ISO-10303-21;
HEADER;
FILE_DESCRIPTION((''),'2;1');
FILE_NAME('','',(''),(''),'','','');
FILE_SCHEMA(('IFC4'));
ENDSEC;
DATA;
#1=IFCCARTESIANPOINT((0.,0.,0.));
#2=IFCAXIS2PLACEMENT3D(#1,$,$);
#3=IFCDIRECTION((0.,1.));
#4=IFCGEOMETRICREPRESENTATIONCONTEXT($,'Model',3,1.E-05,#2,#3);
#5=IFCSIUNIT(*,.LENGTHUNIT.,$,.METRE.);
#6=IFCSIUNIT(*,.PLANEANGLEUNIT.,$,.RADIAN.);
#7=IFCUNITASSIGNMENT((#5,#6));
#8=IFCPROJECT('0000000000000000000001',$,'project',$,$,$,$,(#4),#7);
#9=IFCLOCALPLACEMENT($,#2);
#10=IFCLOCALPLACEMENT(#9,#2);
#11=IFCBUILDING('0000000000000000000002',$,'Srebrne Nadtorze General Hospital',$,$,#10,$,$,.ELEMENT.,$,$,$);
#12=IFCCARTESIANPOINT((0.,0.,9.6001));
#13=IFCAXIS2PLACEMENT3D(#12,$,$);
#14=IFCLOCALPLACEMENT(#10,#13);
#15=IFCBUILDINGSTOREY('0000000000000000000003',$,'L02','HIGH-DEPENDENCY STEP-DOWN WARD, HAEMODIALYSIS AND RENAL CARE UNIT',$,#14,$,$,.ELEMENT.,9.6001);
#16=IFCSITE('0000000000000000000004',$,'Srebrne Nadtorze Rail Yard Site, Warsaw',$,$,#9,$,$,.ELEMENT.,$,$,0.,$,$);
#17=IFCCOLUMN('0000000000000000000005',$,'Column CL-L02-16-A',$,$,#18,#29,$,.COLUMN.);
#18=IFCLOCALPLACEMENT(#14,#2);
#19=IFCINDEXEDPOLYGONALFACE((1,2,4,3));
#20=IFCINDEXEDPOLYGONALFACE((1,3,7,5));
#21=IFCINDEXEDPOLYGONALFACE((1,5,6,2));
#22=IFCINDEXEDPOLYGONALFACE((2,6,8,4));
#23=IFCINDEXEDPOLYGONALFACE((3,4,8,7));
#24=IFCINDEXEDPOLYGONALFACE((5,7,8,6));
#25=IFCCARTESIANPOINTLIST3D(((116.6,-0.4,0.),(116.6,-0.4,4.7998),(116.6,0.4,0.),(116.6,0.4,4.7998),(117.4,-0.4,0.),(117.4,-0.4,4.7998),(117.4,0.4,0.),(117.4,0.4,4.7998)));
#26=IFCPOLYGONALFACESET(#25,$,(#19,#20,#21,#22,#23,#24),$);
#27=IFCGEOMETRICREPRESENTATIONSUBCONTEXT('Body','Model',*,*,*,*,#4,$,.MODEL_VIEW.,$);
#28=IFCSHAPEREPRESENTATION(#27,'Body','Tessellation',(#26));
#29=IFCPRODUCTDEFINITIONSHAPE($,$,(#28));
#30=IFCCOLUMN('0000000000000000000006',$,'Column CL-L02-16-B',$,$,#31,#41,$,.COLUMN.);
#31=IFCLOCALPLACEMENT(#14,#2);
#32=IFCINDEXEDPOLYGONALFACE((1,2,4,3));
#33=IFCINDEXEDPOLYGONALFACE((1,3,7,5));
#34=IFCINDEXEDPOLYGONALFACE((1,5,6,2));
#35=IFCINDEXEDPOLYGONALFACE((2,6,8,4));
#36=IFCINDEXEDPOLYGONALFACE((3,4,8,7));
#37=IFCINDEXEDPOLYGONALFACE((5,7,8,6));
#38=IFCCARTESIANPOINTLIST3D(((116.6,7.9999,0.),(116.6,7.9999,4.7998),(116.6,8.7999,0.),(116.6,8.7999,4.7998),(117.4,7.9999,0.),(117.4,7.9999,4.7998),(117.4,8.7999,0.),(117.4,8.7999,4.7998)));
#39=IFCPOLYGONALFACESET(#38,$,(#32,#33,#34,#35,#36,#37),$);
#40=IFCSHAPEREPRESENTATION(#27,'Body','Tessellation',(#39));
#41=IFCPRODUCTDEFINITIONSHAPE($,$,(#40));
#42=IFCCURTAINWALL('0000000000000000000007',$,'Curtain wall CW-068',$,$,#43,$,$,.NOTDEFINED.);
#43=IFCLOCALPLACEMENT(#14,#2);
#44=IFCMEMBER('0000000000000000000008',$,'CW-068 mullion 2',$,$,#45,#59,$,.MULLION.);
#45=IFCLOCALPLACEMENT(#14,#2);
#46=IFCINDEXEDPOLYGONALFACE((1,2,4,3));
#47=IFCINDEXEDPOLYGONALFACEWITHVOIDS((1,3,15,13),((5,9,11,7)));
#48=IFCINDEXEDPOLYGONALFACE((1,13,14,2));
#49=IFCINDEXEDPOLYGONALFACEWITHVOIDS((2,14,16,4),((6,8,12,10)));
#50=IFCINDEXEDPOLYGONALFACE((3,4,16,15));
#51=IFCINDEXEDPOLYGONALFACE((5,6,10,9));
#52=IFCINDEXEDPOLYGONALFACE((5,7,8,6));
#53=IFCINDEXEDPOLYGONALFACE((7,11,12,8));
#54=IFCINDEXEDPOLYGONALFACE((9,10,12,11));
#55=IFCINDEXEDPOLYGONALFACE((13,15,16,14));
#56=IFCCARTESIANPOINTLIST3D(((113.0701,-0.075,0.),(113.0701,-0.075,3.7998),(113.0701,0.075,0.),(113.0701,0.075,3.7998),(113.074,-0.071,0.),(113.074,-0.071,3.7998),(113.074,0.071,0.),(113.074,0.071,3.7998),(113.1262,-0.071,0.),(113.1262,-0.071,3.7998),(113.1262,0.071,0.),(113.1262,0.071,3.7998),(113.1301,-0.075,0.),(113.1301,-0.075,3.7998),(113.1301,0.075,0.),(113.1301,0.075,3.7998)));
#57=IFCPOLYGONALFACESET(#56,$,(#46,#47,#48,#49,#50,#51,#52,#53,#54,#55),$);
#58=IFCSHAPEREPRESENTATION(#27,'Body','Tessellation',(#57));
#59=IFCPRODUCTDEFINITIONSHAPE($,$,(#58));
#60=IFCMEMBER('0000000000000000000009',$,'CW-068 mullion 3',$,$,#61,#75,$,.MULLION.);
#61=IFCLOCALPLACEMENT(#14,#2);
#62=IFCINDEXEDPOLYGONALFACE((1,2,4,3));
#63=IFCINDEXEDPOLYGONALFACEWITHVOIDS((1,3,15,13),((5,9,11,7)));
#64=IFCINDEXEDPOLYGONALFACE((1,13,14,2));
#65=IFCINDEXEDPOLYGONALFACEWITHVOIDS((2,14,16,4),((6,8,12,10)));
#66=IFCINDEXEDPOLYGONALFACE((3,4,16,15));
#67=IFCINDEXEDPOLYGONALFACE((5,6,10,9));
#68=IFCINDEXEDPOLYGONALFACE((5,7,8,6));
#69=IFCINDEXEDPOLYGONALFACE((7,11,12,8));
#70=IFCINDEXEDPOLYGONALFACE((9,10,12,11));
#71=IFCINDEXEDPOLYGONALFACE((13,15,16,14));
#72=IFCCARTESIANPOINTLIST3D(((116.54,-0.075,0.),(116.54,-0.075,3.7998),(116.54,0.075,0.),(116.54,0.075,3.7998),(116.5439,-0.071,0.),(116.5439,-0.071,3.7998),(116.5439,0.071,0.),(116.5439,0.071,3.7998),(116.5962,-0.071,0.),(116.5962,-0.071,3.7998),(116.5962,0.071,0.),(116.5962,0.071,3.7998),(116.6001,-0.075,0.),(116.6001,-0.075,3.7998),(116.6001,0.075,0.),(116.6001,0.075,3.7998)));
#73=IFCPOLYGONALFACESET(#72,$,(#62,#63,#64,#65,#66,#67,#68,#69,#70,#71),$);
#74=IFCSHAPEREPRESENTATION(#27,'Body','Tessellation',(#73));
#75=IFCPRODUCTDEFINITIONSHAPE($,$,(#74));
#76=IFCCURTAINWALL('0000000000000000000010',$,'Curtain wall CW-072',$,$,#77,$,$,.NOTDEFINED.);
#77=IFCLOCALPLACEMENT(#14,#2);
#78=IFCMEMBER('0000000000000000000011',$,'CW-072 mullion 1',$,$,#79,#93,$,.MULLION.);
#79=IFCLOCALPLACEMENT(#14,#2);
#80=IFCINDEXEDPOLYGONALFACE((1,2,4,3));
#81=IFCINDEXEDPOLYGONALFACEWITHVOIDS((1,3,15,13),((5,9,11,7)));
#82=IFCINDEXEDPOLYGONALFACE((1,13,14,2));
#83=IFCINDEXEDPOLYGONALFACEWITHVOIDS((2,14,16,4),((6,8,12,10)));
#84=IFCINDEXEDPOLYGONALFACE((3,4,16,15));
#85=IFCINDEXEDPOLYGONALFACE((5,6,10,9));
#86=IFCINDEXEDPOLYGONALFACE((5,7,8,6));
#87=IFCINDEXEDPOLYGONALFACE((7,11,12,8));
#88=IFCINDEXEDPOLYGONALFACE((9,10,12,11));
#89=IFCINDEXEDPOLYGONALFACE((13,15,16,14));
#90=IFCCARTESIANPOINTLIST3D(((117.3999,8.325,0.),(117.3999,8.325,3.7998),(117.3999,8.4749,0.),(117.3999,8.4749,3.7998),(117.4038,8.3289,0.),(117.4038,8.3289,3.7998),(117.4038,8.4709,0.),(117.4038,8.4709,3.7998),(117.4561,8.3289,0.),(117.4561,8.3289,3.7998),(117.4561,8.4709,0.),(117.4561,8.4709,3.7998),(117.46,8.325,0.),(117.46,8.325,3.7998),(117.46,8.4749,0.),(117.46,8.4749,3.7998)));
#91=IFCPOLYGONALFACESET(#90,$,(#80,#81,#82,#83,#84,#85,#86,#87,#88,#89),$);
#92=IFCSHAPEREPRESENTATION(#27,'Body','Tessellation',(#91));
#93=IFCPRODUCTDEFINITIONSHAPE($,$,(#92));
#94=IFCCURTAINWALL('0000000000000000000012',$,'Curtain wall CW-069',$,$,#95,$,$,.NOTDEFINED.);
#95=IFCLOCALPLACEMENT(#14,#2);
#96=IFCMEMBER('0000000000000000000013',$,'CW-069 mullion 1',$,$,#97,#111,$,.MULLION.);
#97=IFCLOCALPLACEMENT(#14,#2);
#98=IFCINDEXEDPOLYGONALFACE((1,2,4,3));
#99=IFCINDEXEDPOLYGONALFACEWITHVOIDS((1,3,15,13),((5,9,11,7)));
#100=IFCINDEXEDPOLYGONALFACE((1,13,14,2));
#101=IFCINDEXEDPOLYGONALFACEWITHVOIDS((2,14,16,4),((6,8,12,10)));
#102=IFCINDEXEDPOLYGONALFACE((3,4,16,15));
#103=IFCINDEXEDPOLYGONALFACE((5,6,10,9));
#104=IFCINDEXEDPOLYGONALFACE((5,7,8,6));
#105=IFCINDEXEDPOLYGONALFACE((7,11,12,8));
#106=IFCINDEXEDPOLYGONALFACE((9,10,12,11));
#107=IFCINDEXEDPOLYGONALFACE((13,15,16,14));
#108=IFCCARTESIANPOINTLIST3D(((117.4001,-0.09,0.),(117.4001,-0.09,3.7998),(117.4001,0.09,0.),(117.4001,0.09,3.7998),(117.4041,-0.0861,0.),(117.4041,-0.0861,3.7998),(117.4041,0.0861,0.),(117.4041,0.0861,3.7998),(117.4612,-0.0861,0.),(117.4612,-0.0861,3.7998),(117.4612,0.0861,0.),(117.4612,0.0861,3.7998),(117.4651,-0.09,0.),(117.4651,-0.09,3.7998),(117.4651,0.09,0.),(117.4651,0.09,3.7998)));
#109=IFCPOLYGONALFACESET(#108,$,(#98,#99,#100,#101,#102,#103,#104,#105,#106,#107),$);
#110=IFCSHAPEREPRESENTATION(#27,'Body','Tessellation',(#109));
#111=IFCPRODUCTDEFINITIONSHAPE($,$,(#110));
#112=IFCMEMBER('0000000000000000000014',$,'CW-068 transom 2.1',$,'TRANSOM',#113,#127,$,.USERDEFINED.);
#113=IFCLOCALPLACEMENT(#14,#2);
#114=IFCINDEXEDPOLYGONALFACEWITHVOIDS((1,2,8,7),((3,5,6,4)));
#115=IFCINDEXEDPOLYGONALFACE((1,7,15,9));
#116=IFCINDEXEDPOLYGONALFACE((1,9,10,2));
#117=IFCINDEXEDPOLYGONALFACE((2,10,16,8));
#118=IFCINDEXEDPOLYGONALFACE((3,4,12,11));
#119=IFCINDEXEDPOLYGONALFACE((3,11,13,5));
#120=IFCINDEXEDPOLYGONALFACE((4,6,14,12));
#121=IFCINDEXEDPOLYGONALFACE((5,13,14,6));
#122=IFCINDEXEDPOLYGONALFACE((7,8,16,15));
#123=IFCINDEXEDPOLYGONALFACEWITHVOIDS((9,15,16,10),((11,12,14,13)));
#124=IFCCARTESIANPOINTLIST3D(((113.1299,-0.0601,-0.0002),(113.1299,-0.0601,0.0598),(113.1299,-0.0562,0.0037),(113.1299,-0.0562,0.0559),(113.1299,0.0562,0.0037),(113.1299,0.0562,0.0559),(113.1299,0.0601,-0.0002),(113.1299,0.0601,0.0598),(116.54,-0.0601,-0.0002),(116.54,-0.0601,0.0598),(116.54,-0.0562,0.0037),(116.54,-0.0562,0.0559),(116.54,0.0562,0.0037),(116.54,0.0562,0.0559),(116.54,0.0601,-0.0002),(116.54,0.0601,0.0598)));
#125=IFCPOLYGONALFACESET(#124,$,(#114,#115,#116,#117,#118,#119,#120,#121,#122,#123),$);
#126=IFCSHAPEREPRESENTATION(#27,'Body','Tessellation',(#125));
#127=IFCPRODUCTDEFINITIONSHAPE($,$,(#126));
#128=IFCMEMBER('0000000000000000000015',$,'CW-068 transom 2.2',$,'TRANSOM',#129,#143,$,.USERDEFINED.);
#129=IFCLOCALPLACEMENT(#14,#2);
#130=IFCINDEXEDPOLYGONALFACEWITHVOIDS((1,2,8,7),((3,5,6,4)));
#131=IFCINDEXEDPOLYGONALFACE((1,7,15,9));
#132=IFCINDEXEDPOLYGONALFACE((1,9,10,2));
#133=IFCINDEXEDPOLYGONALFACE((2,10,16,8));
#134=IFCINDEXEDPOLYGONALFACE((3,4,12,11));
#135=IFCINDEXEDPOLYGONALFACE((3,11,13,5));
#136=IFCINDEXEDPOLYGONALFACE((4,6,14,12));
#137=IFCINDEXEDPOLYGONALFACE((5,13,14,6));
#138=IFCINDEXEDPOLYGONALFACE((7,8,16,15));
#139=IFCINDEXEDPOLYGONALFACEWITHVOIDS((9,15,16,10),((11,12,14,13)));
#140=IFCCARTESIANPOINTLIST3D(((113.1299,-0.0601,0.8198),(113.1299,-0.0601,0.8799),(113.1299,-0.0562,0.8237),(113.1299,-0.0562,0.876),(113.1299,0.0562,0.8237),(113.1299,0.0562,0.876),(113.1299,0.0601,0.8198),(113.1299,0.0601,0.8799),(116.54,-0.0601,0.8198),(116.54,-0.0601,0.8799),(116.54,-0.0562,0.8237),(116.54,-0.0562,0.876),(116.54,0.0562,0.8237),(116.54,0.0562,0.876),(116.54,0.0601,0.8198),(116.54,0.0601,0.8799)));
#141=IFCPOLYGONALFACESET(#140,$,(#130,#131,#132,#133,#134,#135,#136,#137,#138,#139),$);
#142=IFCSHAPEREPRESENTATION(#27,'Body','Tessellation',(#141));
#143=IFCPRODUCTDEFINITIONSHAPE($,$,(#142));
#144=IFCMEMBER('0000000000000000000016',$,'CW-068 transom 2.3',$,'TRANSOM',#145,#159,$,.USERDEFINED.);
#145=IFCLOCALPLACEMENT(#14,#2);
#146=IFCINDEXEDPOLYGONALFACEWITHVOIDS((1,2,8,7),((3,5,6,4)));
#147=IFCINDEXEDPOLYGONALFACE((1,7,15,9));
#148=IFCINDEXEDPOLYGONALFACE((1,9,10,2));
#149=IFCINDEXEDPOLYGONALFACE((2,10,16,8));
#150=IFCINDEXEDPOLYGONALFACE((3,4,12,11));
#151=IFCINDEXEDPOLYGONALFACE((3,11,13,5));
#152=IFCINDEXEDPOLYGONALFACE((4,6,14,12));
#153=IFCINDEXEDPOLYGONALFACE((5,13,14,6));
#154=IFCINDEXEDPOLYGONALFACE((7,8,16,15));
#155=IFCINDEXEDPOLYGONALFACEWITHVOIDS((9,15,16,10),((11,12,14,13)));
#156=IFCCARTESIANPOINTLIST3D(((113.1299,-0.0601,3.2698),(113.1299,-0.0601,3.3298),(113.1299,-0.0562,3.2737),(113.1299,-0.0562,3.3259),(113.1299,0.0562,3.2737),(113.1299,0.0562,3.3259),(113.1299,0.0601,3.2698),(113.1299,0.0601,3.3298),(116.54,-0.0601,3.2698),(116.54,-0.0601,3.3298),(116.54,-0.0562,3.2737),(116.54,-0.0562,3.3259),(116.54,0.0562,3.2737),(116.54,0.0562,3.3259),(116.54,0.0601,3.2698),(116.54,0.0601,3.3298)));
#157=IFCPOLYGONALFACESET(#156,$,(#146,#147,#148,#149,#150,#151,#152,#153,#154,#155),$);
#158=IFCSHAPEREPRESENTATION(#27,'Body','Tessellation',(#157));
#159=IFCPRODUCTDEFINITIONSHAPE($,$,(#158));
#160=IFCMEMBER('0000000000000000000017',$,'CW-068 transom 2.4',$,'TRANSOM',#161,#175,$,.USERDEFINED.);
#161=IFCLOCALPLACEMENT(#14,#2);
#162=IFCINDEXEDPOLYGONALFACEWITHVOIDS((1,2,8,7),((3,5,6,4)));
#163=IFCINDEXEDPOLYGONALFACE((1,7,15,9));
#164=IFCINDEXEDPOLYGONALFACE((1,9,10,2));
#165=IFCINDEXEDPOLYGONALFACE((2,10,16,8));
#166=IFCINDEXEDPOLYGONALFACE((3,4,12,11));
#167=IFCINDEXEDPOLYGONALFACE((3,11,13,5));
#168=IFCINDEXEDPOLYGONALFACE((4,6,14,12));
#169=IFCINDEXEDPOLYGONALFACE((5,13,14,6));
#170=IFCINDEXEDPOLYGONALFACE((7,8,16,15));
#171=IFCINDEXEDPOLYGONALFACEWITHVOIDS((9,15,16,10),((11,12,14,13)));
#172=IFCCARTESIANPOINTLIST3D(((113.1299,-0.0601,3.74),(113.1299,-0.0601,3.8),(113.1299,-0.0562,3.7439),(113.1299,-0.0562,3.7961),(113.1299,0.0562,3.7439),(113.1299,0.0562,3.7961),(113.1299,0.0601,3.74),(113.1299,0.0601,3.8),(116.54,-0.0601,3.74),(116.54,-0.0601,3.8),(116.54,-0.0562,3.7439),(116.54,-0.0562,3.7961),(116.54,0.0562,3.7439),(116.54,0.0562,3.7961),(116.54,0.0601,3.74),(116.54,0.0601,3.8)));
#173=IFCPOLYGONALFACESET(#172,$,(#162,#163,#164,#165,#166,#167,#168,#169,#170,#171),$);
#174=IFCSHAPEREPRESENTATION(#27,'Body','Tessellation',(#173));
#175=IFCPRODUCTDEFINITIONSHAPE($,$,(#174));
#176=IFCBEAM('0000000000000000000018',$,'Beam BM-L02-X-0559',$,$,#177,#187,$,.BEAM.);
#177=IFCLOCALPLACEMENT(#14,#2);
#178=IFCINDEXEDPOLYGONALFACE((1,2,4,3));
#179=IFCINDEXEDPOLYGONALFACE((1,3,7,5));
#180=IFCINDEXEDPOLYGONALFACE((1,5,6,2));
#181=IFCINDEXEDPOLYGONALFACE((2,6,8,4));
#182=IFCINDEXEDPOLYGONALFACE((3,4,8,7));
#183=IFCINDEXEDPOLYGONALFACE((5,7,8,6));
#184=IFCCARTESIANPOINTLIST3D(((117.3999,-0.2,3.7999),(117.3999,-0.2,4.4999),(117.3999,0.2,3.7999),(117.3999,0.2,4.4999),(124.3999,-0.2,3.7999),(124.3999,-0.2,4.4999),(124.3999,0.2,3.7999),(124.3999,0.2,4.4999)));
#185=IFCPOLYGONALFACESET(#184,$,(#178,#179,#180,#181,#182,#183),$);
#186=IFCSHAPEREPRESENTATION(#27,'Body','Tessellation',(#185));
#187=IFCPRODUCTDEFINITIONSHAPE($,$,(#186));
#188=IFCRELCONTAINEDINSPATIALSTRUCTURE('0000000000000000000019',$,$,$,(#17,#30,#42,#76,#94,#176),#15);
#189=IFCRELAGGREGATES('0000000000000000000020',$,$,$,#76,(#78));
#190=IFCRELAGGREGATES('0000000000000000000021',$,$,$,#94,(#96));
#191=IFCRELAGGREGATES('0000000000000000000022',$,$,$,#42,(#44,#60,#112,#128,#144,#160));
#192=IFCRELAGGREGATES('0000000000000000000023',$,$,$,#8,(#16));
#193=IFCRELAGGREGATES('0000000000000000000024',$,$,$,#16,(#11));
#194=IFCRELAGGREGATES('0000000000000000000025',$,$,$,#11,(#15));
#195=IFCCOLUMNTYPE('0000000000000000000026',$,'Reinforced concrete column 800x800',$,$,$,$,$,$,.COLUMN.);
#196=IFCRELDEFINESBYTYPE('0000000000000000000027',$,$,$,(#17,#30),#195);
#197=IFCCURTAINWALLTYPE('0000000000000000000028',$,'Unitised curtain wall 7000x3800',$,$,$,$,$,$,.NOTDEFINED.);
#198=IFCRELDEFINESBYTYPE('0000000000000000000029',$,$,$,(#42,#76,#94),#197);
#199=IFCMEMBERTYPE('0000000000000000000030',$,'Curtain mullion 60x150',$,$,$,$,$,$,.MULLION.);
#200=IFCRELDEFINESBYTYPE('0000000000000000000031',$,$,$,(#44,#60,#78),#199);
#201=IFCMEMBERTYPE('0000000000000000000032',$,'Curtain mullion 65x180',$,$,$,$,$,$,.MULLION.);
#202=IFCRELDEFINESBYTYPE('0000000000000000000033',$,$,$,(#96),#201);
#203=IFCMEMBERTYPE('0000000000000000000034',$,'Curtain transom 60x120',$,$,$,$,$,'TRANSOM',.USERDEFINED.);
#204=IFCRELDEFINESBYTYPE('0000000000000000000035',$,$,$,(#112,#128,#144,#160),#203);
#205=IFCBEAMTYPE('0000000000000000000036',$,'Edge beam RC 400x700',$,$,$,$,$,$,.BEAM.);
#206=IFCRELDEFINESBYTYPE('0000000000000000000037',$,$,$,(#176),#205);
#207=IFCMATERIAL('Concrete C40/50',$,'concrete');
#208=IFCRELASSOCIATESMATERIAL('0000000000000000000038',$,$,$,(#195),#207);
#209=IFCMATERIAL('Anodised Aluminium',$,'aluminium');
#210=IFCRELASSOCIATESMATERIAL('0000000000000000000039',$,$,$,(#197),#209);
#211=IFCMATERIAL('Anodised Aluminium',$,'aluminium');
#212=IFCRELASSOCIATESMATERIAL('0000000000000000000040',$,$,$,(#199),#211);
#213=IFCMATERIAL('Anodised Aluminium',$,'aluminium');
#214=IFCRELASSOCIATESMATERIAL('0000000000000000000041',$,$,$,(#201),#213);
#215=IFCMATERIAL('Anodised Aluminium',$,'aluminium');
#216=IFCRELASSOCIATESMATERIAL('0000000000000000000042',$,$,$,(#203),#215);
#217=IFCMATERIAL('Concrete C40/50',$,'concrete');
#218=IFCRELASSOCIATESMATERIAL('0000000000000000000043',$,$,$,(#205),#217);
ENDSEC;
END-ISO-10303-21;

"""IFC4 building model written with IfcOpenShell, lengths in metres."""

from ifc_helpers import new_model, si_unit, direction, frame, origin, origin_2d, place, context, subcontext, project, spatial, rectangle, hollow_rectangle, extrude, material, material_profile, profile_set, type_object, element, aggregate, save


model = new_model("IFC4")

# Units and contexts
model_context = context("Model", 3, precision=1e-05, world=origin(), true_north=direction((0.0, 1.0)))
body_context = subcontext(model_context, "Body", "Model", "MODEL_VIEW")
ifc_project = project(units=[si_unit("LENGTHUNIT", "METRE"), si_unit("PLANEANGLEUNIT", "RADIAN")], contexts=[model_context])

# Site, building, storey
site_placement = place(None, origin())
site = spatial("IfcSite", under=ifc_project, at=site_placement, Name="Srebrne Nadtorze Rail Yard Site, Warsaw", CompositionType="ELEMENT", RefElevation=0.0)
building_placement = place(site_placement, origin())
building = spatial("IfcBuilding", under=site, at=building_placement, Name="Srebrne Nadtorze General Hospital", CompositionType="ELEMENT")
storey_placement = place(building_placement, frame((0.0, 0.0, 9.6001)))
storey = spatial("IfcBuildingStorey", under=building, at=storey_placement, Name="L02", Description="HIGH-DEPENDENCY STEP-DOWN WARD, HAEMODIALYSIS AND RENAL CARE UNIT", CompositionType="ELEMENT", Elevation=9.6001)

# Columns
ifc_material_1 = material(Name="Concrete C40/50", Category="concrete")
ifc_material_profile_1 = material_profile(ifc_material_1, rectangle(XDim=0.8, YDim=0.8, at=origin_2d()), Name="RC-COL-800x800")
ifc_profile_set_1 = profile_set([ifc_material_profile_1], Name="Concrete C40/50")
column_type = type_object("IfcColumnType", Name="Reinforced concrete column 800x800", PredefinedType="COLUMN", material=ifc_profile_set_1)
for number, where, z_axis, x_axis, name in (
    (1, (117.0, 0.0, 0.0), (0.0, 0.0, 1.0), (1.0, 0.0, 0.0), "Column CL-L02-16-A"),
    (2, (117.0, 8.3999, 0.0), (0.0, 0.0, 1.0), (1.0, 0.0, 0.0), "Column CL-L02-16-B"),
):
    element("IfcColumn", number, at=place(storey_placement, frame(where, z_axis=z_axis, x_axis=x_axis)), inside=storey, type_object=column_type, Name=name, PredefinedType="COLUMN", context=body_context, shape_type="SweptSolid", body=[
        extrude(rectangle(XDim=0.8, YDim=0.8, at=origin_2d()), origin(), (0.0, 0.0, 1.0), 4.7998),
    ])

# Curtain wall, members
ifc_material_2 = material(Name="Anodised Aluminium", Category="aluminium")
curtain_wall_type = type_object("IfcCurtainWallType", Name="Unitised curtain wall 7000x3800", PredefinedType="NOTDEFINED", material=ifc_material_2)
curtain_wall_1_placement = place(storey_placement, origin())
curtain_wall_1 = element("IfcCurtainWall", 3, at=curtain_wall_1_placement, inside=storey, type_object=curtain_wall_type, Name="Curtain wall CW-068", PredefinedType="NOTDEFINED")
ifc_material_3 = material(Name="Anodised Aluminium", Category="aluminium")
ifc_material_profile_2 = material_profile(ifc_material_3, hollow_rectangle(XDim=0.0601, YDim=0.1499, WallThickness=0.0039, at=origin_2d()), Name="AL-MUL-60x150")
ifc_profile_set_2 = profile_set([ifc_material_profile_2], Name="Anodised Aluminium")
member_type_1 = type_object("IfcMemberType", Name="Curtain mullion 60x150", PredefinedType="MULLION", material=ifc_profile_set_2)
member_1_placement = place(storey_placement, frame((113.1001, 0.0, 0.0), z_axis=(0.0, 0.0, 1.0), x_axis=(1.0, 0.0, 0.0)))
member_1 = element("IfcMember", 4, at=member_1_placement, type_object=member_type_1, Name="CW-068 mullion 2", PredefinedType="MULLION", context=body_context, shape_type="SweptSolid", body=[
    extrude(hollow_rectangle(XDim=0.0601, YDim=0.1499, WallThickness=0.0039, at=origin_2d()), origin(), (0.0, 0.0, 1.0), 3.7998),
])
member_2_placement = place(storey_placement, frame((116.5701, 0.0, 0.0), z_axis=(0.0, 0.0, 1.0), x_axis=(1.0, 0.0, 0.0)))
member_2 = element("IfcMember", 5, at=member_2_placement, type_object=member_type_1, Name="CW-068 mullion 3", PredefinedType="MULLION", context=body_context, shape_type="SweptSolid", body=[
    extrude(hollow_rectangle(XDim=0.0601, YDim=0.1499, WallThickness=0.0039, at=origin_2d()), origin(), (0.0, 0.0, 1.0), 3.7998),
])

# Curtain walls, members
curtain_wall_2_placement = place(storey_placement, origin())
curtain_wall_2 = element("IfcCurtainWall", 6, at=curtain_wall_2_placement, inside=storey, type_object=curtain_wall_type, Name="Curtain wall CW-072", PredefinedType="NOTDEFINED")
member_3_placement = place(storey_placement, frame((117.4299, 8.3999, 0.0), z_axis=(0.0, 0.0, 1.0), x_axis=(1.0, 0.0, 0.0)))
member_3 = element("IfcMember", 7, at=member_3_placement, type_object=member_type_1, Name="CW-072 mullion 1", PredefinedType="MULLION", context=body_context, shape_type="SweptSolid", body=[
    extrude(hollow_rectangle(XDim=0.0601, YDim=0.1499, WallThickness=0.0039, at=origin_2d()), origin(), (0.0, 0.0, 1.0), 3.7998),
])
aggregate(curtain_wall_2, [member_3])
curtain_wall_3_placement = place(storey_placement, origin())
curtain_wall_3 = element("IfcCurtainWall", 8, at=curtain_wall_3_placement, inside=storey, type_object=curtain_wall_type, Name="Curtain wall CW-069", PredefinedType="NOTDEFINED")
ifc_material_4 = material(Name="Anodised Aluminium", Category="aluminium")
ifc_material_profile_3 = material_profile(ifc_material_4, hollow_rectangle(XDim=0.0649, YDim=0.1799, WallThickness=0.0039, at=origin_2d()), Name="AL-MUL-65x180")
ifc_profile_set_3 = profile_set([ifc_material_profile_3], Name="Anodised Aluminium")
member_type_2 = type_object("IfcMemberType", Name="Curtain mullion 65x180", PredefinedType="MULLION", material=ifc_profile_set_3)
member_4_placement = place(storey_placement, frame((117.4326, 0.0, 0.0), z_axis=(0.0, 0.0, 1.0), x_axis=(1.0, 0.0, 0.0)))
member_4 = element("IfcMember", 9, at=member_4_placement, type_object=member_type_2, Name="CW-069 mullion 1", PredefinedType="MULLION", context=body_context, shape_type="SweptSolid", body=[
    extrude(hollow_rectangle(XDim=0.0649, YDim=0.1799, WallThickness=0.0039, at=origin_2d()), origin(), (0.0, 0.0, 1.0), 3.7998),
])
aggregate(curtain_wall_3, [member_4])

# Members
ifc_material_5 = material(Name="Anodised Aluminium", Category="aluminium")
ifc_material_profile_4 = material_profile(ifc_material_5, hollow_rectangle(XDim=0.0601, YDim=0.1201, WallThickness=0.0039, at=origin_2d()), Name="AL-TRN-60x120")
ifc_profile_set_4 = profile_set([ifc_material_profile_4], Name="Anodised Aluminium")
member_type_3 = type_object("IfcMemberType", Name="Curtain transom 60x120", ElementType="TRANSOM", PredefinedType="USERDEFINED", material=ifc_profile_set_4)
member_5_placement = place(storey_placement, frame((113.1299, 0.0, 0.0298), z_axis=(1.0, 0.0, 0.0), x_axis=(0.0, 0.0, 1.0)))
member_5 = element("IfcMember", 10, at=member_5_placement, type_object=member_type_3, Name="CW-068 transom 2.1", ObjectType="TRANSOM", PredefinedType="USERDEFINED", context=body_context, shape_type="SweptSolid", body=[
    extrude(hollow_rectangle(XDim=0.0601, YDim=0.1201, WallThickness=0.0039, at=origin_2d()), origin(), (0.0, 0.0, 1.0), 3.4102),
])
member_6_placement = place(storey_placement, frame((113.1299, 0.0, 0.8499), z_axis=(1.0, 0.0, 0.0), x_axis=(0.0, 0.0, 1.0)))
member_6 = element("IfcMember", 11, at=member_6_placement, type_object=member_type_3, Name="CW-068 transom 2.2", ObjectType="TRANSOM", PredefinedType="USERDEFINED", context=body_context, shape_type="SweptSolid", body=[
    extrude(hollow_rectangle(XDim=0.0601, YDim=0.1201, WallThickness=0.0039, at=origin_2d()), origin(), (0.0, 0.0, 1.0), 3.4102),
])
member_7_placement = place(storey_placement, frame((113.1299, 0.0, 3.2998), z_axis=(1.0, 0.0, 0.0), x_axis=(0.0, 0.0, 1.0)))
member_7 = element("IfcMember", 12, at=member_7_placement, type_object=member_type_3, Name="CW-068 transom 2.3", ObjectType="TRANSOM", PredefinedType="USERDEFINED", context=body_context, shape_type="SweptSolid", body=[
    extrude(hollow_rectangle(XDim=0.0601, YDim=0.1201, WallThickness=0.0039, at=origin_2d()), origin(), (0.0, 0.0, 1.0), 3.4102),
])
member_8_placement = place(storey_placement, frame((113.1299, 0.0, 3.77), z_axis=(1.0, 0.0, 0.0), x_axis=(0.0, 0.0, 1.0)))
member_8 = element("IfcMember", 13, at=member_8_placement, type_object=member_type_3, Name="CW-068 transom 2.4", ObjectType="TRANSOM", PredefinedType="USERDEFINED", context=body_context, shape_type="SweptSolid", body=[
    extrude(hollow_rectangle(XDim=0.0601, YDim=0.1201, WallThickness=0.0039, at=origin_2d()), origin(), (0.0, 0.0, 1.0), 3.4102),
])

# Beam
ifc_material_6 = material(Name="Concrete C40/50", Category="concrete")
ifc_material_profile_5 = material_profile(ifc_material_6, rectangle(XDim=0.3999, YDim=0.7, at=origin_2d()), Name="RC-BM-400x700")
ifc_profile_set_5 = profile_set([ifc_material_profile_5], Name="Concrete C40/50")
beam_type_1 = type_object("IfcBeamType", Name="Edge beam RC 400x700", PredefinedType="BEAM", material=ifc_profile_set_5)
for number, where, z_axis, x_axis, name in (
    (14, (117.3999, 0.0, 4.1499), (1.0, 0.0, 0.0), (0.0, 1.0, 0.0), "Beam BM-L02-X-0559"),
):
    element("IfcBeam", number, at=place(storey_placement, frame(where, z_axis=z_axis, x_axis=x_axis)), inside=storey, type_object=beam_type_1, Name=name, PredefinedType="BEAM", context=body_context, shape_type="SweptSolid", body=[
        extrude(rectangle(XDim=0.3999, YDim=0.7, at=origin_2d()), origin(), (0.0, 0.0, 1.0), 7.0),
    ])

aggregate(curtain_wall_1, [member_1, member_2, member_5, member_6, member_7, member_8])

save(model, "model.ifc")
